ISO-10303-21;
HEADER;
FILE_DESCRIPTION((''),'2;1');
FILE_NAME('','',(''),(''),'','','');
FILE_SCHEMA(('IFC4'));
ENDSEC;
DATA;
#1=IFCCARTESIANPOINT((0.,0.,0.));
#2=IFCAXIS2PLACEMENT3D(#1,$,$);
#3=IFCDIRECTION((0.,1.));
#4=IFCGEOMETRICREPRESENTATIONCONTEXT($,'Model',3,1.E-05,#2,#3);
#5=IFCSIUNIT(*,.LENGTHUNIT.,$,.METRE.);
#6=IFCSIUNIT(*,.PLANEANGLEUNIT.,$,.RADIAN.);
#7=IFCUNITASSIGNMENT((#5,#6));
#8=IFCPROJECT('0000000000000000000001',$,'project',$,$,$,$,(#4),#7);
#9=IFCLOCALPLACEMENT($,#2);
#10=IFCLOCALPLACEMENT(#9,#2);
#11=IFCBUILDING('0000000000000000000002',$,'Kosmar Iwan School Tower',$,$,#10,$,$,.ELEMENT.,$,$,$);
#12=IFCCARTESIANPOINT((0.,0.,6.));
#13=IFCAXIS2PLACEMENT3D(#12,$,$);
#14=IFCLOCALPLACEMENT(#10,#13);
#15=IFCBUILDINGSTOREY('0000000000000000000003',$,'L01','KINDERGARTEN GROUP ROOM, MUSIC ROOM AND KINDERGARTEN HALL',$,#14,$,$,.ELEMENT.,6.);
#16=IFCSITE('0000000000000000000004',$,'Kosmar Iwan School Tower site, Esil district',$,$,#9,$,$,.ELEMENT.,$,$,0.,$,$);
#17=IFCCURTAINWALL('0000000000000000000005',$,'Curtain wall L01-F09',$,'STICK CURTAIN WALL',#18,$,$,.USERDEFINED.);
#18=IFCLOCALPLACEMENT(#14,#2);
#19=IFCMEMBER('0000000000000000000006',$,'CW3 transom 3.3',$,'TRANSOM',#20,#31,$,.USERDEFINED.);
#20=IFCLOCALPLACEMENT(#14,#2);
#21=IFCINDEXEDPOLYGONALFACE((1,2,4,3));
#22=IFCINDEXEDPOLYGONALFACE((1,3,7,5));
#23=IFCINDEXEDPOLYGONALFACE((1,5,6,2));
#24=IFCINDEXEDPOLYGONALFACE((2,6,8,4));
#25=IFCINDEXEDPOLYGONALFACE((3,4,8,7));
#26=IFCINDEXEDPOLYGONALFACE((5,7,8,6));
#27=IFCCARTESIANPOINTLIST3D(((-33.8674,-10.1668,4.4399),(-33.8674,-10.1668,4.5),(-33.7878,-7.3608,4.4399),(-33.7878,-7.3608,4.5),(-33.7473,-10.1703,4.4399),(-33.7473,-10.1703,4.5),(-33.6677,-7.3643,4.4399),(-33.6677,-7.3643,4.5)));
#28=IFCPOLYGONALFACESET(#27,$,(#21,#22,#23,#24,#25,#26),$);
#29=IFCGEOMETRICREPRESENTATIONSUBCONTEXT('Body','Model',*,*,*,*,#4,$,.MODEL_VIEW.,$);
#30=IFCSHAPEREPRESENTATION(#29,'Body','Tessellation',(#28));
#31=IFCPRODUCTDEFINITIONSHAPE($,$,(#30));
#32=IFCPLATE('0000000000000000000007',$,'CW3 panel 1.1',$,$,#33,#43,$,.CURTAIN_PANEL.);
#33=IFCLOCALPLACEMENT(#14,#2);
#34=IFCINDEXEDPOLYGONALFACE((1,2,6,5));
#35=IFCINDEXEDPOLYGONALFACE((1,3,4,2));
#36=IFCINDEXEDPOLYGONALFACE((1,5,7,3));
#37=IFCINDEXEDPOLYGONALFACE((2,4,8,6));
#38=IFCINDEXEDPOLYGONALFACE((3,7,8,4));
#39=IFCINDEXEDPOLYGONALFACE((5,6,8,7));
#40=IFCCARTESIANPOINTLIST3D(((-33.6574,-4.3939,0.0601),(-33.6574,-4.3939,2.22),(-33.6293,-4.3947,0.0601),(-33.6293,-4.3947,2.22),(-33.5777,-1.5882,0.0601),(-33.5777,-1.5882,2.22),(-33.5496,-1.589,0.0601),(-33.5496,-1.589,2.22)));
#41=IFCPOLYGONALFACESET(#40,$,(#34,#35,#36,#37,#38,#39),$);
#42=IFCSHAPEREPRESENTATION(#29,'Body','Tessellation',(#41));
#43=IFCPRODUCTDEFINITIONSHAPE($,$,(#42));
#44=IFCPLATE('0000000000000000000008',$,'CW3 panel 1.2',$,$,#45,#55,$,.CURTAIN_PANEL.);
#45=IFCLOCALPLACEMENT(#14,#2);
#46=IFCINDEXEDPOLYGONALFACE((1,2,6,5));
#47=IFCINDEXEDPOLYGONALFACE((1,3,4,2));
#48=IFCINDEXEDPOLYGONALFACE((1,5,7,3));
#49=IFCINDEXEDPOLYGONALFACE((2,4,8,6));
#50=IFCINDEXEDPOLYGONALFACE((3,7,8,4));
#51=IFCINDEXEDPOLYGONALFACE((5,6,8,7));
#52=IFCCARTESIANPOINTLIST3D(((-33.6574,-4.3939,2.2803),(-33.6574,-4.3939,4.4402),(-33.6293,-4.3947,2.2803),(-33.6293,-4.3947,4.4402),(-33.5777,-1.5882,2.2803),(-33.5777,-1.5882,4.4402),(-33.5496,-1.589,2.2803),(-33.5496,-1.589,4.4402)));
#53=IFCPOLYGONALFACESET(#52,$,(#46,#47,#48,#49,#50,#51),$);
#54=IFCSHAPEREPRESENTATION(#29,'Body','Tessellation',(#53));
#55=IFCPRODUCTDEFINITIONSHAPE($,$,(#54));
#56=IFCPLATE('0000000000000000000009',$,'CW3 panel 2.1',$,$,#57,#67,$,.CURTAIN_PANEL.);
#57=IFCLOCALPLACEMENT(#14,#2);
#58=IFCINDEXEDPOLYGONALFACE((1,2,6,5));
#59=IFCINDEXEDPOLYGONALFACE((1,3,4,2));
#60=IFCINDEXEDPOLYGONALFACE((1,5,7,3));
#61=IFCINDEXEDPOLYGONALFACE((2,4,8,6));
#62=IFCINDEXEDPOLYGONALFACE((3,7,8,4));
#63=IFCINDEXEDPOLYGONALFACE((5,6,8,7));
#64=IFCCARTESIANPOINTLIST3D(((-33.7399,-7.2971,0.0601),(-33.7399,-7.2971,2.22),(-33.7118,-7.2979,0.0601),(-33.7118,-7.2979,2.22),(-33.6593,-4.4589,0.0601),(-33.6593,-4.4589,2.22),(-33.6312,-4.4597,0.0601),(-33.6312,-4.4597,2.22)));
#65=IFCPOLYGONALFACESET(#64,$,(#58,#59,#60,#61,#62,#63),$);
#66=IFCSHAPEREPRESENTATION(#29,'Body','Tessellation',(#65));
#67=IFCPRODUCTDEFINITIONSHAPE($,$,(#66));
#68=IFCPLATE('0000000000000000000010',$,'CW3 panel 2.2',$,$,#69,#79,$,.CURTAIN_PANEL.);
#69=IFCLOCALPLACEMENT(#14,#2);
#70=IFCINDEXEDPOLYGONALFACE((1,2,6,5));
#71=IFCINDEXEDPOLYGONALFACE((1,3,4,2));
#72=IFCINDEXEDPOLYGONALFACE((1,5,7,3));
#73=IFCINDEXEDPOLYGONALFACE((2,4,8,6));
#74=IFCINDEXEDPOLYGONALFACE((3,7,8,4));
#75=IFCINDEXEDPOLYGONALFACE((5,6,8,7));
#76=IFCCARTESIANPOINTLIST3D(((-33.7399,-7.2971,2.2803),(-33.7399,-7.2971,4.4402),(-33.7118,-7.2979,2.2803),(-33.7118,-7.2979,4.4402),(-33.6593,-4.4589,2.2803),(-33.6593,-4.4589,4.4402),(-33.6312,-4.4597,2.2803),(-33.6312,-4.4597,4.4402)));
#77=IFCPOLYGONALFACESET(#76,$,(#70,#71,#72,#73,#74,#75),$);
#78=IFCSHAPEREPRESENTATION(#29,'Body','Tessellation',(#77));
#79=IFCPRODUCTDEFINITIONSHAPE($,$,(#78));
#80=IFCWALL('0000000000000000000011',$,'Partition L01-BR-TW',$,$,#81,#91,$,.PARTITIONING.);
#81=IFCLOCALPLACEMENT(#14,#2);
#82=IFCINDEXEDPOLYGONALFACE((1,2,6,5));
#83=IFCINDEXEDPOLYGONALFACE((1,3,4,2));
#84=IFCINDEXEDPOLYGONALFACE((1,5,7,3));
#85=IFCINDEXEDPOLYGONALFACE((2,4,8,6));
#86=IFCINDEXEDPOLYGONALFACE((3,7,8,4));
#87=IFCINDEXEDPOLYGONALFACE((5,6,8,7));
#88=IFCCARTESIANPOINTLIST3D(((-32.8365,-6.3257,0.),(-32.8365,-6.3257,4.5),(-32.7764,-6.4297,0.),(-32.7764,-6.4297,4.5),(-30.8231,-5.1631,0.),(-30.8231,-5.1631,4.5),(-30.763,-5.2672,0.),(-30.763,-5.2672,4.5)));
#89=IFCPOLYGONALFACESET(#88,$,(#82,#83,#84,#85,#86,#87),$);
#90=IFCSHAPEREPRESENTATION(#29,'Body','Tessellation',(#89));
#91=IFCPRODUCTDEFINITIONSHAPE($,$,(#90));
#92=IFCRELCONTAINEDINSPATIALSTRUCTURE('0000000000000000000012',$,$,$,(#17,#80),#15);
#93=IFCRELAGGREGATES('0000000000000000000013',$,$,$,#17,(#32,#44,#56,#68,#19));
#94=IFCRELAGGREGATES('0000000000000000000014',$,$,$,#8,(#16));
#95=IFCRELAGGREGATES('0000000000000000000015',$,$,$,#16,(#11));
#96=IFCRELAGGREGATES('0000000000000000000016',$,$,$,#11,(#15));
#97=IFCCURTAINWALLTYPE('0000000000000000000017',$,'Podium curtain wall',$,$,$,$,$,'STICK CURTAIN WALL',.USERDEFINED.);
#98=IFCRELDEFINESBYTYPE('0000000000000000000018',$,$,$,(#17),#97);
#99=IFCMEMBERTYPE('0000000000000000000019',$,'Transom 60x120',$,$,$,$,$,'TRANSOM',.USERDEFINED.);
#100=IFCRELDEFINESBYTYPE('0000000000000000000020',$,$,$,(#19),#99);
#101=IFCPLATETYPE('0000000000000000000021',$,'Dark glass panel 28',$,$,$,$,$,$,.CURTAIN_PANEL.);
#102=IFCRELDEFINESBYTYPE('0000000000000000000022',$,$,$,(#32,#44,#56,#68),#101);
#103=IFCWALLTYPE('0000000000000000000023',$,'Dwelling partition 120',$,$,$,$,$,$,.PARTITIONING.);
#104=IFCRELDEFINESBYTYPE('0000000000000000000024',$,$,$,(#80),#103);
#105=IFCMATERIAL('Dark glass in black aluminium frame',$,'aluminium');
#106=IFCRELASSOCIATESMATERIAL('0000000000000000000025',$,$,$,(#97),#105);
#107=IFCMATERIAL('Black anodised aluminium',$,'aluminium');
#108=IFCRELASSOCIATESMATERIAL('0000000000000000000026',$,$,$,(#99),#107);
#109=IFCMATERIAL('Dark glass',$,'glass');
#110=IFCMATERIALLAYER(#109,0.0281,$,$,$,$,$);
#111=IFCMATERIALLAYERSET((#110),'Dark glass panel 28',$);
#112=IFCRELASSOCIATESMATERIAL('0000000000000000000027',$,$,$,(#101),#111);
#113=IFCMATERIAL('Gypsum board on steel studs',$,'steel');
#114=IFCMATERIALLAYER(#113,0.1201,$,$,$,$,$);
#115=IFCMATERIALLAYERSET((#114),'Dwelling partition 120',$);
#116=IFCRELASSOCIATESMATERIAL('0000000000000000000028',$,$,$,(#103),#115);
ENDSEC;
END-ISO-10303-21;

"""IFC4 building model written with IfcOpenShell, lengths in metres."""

from ifc_helpers import new_model, si_unit, direction, frame, frame_2d, origin, origin_2d, place, context, subcontext, project, spatial, rectangle, extrude, material, layer, layer_set, material_profile, profile_set, type_object, element, aggregate, save


model = new_model("IFC4")

# Units and contexts
model_context = context("Model", 3, precision=1e-05, world=origin(), true_north=direction((0.0, 1.0)))
body_context = subcontext(model_context, "Body", "Model", "MODEL_VIEW")
ifc_project = project(units=[si_unit("LENGTHUNIT", "METRE"), si_unit("PLANEANGLEUNIT", "RADIAN")], contexts=[model_context])

# Site, building, storey
site_placement = place(None, origin())
site = spatial("IfcSite", under=ifc_project, at=site_placement, Name="Kosmar Iwan School Tower site, Esil district", CompositionType="ELEMENT", RefElevation=0.0)
building_placement = place(site_placement, origin())
building = spatial("IfcBuilding", under=site, at=building_placement, Name="Kosmar Iwan School Tower", CompositionType="ELEMENT")
storey_placement = place(building_placement, frame((0.0, 0.0, 6.0)))
storey = spatial("IfcBuildingStorey", under=building, at=storey_placement, Name="L01", Description="KINDERGARTEN GROUP ROOM, MUSIC ROOM AND KINDERGARTEN HALL", CompositionType="ELEMENT", Elevation=6.0)

# Shared definitions
ifc_material_1 = material(Name="Dark glass in black aluminium frame", Category="aluminium")
curtain_wall_type = type_object("IfcCurtainWallType", Name="Podium curtain wall", ElementType="STICK CURTAIN WALL", PredefinedType="USERDEFINED", material=ifc_material_1)

# Curtain wall
curtain_wall_1_placement = place(storey_placement, origin())
curtain_wall_1 = element("IfcCurtainWall", 1, at=curtain_wall_1_placement, inside=storey, type_object=curtain_wall_type, Name="Curtain wall L01-F09", ObjectType="STICK CURTAIN WALL", PredefinedType="USERDEFINED")

# Member
ifc_material_2 = material(Name="Black anodised aluminium", Category="aluminium")
ifc_material_profile_1 = material_profile(ifc_material_2, rectangle(XDim=0.1201, YDim=0.0601, at=origin_2d()), Name="TRANSOM 60x120")
ifc_profile_set_1 = profile_set([ifc_material_profile_1], Name="Black anodised aluminium")
member_type_1 = type_object("IfcMemberType", Name="Transom 60x120", ElementType="TRANSOM", PredefinedType="USERDEFINED", material=ifc_profile_set_1)
member_1_placement = place(storey_placement, frame((-33.7278, -7.3625, 4.47), z_axis=(-0.028354, -0.999598, 0.0), x_axis=(0.999598, -0.028354, 0.0)))
member_1 = element("IfcMember", 2, at=member_1_placement, type_object=member_type_1, Name="CW3 transom 3.3", ObjectType="TRANSOM", PredefinedType="USERDEFINED", context=body_context, shape_type="SweptSolid", body=[
    extrude(rectangle(XDim=0.1201, YDim=0.0601, at=origin_2d()), origin(), (0.0, 0.0, 1.0), 2.8071),
])

# Plates
ifc_material_3 = material(Name="Dark glass", Category="glass")
ifc_layer_1 = layer(ifc_material_3, 0.0281)
ifc_layer_set_1 = layer_set([ifc_layer_1], Name="Dark glass panel 28")
plate_type = type_object("IfcPlateType", Name="Dark glass panel 28", PredefinedType="CURTAIN_PANEL", material=ifc_layer_set_1)
plate_1_placement = place(storey_placement, frame((-33.6035, -2.9915, 0.0601), z_axis=(0.0, 0.0, 1.0), x_axis=(-0.028386, -0.999597, 0.0)))
plate_1 = element("IfcPlate", 3, at=plate_1_placement, type_object=plate_type, Name="CW3 panel 1.1", PredefinedType="CURTAIN_PANEL", context=body_context, shape_type="SweptSolid", body=[
    extrude(rectangle(XDim=2.8069, YDim=0.0281, at=origin_2d()), origin(), (0.0, 0.0, 1.0), 2.1599),
])
plate_2_placement = place(storey_placement, frame((-33.6035, -2.9915, 2.2803), z_axis=(0.0, 0.0, 1.0), x_axis=(-0.028386, -0.999597, 0.0)))
plate_2 = element("IfcPlate", 4, at=plate_2_placement, type_object=plate_type, Name="CW3 panel 1.2", PredefinedType="CURTAIN_PANEL", context=body_context, shape_type="SweptSolid", body=[
    extrude(rectangle(XDim=2.8069, YDim=0.0281, at=origin_2d()), origin(), (0.0, 0.0, 1.0), 2.1599),
])
plate_3_placement = place(storey_placement, frame((-33.6855, -5.8784, 0.0601), z_axis=(0.0, 0.0, 1.0), x_axis=(-0.028386, -0.999597, 0.0)))
plate_3 = element("IfcPlate", 5, at=plate_3_placement, type_object=plate_type, Name="CW3 panel 2.1", PredefinedType="CURTAIN_PANEL", context=body_context, shape_type="SweptSolid", body=[
    extrude(rectangle(XDim=2.8394, YDim=0.0281, at=origin_2d()), origin(), (0.0, 0.0, 1.0), 2.1599),
])
plate_4_placement = place(storey_placement, frame((-33.6855, -5.8784, 2.2803), z_axis=(0.0, 0.0, 1.0), x_axis=(-0.028386, -0.999597, 0.0)))
plate_4 = element("IfcPlate", 6, at=plate_4_placement, type_object=plate_type, Name="CW3 panel 2.2", PredefinedType="CURTAIN_PANEL", context=body_context, shape_type="SweptSolid", body=[
    extrude(rectangle(XDim=2.8394, YDim=0.0281, at=origin_2d()), origin(), (0.0, 0.0, 1.0), 2.1599),
])
aggregate(curtain_wall_1, [plate_1, plate_2, plate_3, plate_4, member_1])

# Wall
ifc_material_4 = material(Name="Gypsum board on steel studs", Category="steel")
ifc_layer_2 = layer(ifc_material_4, 0.1201)
ifc_layer_set_2 = layer_set([ifc_layer_2], Name="Dwelling partition 120")
wall_type = type_object("IfcWallType", Name="Dwelling partition 120", PredefinedType="PARTITIONING", material=ifc_layer_set_2)
wall_placement = place(storey_placement, frame((-30.793, -5.2151, 0.0), z_axis=(0.0, 0.0, 1.0), x_axis=(-0.865998, -0.500047, 0.0)))
element("IfcWall", 7, at=wall_placement, inside=storey, type_object=wall_type, Name="Partition L01-BR-TW", PredefinedType="PARTITIONING", context=body_context, shape_type="SweptSolid", body=[
    extrude(rectangle(XDim=2.325, YDim=0.1201, at=frame_2d((1.1626, 0.0))), origin(), (0.0, 0.0, 1.0), 4.5),
])

save(model, "model.ifc")
